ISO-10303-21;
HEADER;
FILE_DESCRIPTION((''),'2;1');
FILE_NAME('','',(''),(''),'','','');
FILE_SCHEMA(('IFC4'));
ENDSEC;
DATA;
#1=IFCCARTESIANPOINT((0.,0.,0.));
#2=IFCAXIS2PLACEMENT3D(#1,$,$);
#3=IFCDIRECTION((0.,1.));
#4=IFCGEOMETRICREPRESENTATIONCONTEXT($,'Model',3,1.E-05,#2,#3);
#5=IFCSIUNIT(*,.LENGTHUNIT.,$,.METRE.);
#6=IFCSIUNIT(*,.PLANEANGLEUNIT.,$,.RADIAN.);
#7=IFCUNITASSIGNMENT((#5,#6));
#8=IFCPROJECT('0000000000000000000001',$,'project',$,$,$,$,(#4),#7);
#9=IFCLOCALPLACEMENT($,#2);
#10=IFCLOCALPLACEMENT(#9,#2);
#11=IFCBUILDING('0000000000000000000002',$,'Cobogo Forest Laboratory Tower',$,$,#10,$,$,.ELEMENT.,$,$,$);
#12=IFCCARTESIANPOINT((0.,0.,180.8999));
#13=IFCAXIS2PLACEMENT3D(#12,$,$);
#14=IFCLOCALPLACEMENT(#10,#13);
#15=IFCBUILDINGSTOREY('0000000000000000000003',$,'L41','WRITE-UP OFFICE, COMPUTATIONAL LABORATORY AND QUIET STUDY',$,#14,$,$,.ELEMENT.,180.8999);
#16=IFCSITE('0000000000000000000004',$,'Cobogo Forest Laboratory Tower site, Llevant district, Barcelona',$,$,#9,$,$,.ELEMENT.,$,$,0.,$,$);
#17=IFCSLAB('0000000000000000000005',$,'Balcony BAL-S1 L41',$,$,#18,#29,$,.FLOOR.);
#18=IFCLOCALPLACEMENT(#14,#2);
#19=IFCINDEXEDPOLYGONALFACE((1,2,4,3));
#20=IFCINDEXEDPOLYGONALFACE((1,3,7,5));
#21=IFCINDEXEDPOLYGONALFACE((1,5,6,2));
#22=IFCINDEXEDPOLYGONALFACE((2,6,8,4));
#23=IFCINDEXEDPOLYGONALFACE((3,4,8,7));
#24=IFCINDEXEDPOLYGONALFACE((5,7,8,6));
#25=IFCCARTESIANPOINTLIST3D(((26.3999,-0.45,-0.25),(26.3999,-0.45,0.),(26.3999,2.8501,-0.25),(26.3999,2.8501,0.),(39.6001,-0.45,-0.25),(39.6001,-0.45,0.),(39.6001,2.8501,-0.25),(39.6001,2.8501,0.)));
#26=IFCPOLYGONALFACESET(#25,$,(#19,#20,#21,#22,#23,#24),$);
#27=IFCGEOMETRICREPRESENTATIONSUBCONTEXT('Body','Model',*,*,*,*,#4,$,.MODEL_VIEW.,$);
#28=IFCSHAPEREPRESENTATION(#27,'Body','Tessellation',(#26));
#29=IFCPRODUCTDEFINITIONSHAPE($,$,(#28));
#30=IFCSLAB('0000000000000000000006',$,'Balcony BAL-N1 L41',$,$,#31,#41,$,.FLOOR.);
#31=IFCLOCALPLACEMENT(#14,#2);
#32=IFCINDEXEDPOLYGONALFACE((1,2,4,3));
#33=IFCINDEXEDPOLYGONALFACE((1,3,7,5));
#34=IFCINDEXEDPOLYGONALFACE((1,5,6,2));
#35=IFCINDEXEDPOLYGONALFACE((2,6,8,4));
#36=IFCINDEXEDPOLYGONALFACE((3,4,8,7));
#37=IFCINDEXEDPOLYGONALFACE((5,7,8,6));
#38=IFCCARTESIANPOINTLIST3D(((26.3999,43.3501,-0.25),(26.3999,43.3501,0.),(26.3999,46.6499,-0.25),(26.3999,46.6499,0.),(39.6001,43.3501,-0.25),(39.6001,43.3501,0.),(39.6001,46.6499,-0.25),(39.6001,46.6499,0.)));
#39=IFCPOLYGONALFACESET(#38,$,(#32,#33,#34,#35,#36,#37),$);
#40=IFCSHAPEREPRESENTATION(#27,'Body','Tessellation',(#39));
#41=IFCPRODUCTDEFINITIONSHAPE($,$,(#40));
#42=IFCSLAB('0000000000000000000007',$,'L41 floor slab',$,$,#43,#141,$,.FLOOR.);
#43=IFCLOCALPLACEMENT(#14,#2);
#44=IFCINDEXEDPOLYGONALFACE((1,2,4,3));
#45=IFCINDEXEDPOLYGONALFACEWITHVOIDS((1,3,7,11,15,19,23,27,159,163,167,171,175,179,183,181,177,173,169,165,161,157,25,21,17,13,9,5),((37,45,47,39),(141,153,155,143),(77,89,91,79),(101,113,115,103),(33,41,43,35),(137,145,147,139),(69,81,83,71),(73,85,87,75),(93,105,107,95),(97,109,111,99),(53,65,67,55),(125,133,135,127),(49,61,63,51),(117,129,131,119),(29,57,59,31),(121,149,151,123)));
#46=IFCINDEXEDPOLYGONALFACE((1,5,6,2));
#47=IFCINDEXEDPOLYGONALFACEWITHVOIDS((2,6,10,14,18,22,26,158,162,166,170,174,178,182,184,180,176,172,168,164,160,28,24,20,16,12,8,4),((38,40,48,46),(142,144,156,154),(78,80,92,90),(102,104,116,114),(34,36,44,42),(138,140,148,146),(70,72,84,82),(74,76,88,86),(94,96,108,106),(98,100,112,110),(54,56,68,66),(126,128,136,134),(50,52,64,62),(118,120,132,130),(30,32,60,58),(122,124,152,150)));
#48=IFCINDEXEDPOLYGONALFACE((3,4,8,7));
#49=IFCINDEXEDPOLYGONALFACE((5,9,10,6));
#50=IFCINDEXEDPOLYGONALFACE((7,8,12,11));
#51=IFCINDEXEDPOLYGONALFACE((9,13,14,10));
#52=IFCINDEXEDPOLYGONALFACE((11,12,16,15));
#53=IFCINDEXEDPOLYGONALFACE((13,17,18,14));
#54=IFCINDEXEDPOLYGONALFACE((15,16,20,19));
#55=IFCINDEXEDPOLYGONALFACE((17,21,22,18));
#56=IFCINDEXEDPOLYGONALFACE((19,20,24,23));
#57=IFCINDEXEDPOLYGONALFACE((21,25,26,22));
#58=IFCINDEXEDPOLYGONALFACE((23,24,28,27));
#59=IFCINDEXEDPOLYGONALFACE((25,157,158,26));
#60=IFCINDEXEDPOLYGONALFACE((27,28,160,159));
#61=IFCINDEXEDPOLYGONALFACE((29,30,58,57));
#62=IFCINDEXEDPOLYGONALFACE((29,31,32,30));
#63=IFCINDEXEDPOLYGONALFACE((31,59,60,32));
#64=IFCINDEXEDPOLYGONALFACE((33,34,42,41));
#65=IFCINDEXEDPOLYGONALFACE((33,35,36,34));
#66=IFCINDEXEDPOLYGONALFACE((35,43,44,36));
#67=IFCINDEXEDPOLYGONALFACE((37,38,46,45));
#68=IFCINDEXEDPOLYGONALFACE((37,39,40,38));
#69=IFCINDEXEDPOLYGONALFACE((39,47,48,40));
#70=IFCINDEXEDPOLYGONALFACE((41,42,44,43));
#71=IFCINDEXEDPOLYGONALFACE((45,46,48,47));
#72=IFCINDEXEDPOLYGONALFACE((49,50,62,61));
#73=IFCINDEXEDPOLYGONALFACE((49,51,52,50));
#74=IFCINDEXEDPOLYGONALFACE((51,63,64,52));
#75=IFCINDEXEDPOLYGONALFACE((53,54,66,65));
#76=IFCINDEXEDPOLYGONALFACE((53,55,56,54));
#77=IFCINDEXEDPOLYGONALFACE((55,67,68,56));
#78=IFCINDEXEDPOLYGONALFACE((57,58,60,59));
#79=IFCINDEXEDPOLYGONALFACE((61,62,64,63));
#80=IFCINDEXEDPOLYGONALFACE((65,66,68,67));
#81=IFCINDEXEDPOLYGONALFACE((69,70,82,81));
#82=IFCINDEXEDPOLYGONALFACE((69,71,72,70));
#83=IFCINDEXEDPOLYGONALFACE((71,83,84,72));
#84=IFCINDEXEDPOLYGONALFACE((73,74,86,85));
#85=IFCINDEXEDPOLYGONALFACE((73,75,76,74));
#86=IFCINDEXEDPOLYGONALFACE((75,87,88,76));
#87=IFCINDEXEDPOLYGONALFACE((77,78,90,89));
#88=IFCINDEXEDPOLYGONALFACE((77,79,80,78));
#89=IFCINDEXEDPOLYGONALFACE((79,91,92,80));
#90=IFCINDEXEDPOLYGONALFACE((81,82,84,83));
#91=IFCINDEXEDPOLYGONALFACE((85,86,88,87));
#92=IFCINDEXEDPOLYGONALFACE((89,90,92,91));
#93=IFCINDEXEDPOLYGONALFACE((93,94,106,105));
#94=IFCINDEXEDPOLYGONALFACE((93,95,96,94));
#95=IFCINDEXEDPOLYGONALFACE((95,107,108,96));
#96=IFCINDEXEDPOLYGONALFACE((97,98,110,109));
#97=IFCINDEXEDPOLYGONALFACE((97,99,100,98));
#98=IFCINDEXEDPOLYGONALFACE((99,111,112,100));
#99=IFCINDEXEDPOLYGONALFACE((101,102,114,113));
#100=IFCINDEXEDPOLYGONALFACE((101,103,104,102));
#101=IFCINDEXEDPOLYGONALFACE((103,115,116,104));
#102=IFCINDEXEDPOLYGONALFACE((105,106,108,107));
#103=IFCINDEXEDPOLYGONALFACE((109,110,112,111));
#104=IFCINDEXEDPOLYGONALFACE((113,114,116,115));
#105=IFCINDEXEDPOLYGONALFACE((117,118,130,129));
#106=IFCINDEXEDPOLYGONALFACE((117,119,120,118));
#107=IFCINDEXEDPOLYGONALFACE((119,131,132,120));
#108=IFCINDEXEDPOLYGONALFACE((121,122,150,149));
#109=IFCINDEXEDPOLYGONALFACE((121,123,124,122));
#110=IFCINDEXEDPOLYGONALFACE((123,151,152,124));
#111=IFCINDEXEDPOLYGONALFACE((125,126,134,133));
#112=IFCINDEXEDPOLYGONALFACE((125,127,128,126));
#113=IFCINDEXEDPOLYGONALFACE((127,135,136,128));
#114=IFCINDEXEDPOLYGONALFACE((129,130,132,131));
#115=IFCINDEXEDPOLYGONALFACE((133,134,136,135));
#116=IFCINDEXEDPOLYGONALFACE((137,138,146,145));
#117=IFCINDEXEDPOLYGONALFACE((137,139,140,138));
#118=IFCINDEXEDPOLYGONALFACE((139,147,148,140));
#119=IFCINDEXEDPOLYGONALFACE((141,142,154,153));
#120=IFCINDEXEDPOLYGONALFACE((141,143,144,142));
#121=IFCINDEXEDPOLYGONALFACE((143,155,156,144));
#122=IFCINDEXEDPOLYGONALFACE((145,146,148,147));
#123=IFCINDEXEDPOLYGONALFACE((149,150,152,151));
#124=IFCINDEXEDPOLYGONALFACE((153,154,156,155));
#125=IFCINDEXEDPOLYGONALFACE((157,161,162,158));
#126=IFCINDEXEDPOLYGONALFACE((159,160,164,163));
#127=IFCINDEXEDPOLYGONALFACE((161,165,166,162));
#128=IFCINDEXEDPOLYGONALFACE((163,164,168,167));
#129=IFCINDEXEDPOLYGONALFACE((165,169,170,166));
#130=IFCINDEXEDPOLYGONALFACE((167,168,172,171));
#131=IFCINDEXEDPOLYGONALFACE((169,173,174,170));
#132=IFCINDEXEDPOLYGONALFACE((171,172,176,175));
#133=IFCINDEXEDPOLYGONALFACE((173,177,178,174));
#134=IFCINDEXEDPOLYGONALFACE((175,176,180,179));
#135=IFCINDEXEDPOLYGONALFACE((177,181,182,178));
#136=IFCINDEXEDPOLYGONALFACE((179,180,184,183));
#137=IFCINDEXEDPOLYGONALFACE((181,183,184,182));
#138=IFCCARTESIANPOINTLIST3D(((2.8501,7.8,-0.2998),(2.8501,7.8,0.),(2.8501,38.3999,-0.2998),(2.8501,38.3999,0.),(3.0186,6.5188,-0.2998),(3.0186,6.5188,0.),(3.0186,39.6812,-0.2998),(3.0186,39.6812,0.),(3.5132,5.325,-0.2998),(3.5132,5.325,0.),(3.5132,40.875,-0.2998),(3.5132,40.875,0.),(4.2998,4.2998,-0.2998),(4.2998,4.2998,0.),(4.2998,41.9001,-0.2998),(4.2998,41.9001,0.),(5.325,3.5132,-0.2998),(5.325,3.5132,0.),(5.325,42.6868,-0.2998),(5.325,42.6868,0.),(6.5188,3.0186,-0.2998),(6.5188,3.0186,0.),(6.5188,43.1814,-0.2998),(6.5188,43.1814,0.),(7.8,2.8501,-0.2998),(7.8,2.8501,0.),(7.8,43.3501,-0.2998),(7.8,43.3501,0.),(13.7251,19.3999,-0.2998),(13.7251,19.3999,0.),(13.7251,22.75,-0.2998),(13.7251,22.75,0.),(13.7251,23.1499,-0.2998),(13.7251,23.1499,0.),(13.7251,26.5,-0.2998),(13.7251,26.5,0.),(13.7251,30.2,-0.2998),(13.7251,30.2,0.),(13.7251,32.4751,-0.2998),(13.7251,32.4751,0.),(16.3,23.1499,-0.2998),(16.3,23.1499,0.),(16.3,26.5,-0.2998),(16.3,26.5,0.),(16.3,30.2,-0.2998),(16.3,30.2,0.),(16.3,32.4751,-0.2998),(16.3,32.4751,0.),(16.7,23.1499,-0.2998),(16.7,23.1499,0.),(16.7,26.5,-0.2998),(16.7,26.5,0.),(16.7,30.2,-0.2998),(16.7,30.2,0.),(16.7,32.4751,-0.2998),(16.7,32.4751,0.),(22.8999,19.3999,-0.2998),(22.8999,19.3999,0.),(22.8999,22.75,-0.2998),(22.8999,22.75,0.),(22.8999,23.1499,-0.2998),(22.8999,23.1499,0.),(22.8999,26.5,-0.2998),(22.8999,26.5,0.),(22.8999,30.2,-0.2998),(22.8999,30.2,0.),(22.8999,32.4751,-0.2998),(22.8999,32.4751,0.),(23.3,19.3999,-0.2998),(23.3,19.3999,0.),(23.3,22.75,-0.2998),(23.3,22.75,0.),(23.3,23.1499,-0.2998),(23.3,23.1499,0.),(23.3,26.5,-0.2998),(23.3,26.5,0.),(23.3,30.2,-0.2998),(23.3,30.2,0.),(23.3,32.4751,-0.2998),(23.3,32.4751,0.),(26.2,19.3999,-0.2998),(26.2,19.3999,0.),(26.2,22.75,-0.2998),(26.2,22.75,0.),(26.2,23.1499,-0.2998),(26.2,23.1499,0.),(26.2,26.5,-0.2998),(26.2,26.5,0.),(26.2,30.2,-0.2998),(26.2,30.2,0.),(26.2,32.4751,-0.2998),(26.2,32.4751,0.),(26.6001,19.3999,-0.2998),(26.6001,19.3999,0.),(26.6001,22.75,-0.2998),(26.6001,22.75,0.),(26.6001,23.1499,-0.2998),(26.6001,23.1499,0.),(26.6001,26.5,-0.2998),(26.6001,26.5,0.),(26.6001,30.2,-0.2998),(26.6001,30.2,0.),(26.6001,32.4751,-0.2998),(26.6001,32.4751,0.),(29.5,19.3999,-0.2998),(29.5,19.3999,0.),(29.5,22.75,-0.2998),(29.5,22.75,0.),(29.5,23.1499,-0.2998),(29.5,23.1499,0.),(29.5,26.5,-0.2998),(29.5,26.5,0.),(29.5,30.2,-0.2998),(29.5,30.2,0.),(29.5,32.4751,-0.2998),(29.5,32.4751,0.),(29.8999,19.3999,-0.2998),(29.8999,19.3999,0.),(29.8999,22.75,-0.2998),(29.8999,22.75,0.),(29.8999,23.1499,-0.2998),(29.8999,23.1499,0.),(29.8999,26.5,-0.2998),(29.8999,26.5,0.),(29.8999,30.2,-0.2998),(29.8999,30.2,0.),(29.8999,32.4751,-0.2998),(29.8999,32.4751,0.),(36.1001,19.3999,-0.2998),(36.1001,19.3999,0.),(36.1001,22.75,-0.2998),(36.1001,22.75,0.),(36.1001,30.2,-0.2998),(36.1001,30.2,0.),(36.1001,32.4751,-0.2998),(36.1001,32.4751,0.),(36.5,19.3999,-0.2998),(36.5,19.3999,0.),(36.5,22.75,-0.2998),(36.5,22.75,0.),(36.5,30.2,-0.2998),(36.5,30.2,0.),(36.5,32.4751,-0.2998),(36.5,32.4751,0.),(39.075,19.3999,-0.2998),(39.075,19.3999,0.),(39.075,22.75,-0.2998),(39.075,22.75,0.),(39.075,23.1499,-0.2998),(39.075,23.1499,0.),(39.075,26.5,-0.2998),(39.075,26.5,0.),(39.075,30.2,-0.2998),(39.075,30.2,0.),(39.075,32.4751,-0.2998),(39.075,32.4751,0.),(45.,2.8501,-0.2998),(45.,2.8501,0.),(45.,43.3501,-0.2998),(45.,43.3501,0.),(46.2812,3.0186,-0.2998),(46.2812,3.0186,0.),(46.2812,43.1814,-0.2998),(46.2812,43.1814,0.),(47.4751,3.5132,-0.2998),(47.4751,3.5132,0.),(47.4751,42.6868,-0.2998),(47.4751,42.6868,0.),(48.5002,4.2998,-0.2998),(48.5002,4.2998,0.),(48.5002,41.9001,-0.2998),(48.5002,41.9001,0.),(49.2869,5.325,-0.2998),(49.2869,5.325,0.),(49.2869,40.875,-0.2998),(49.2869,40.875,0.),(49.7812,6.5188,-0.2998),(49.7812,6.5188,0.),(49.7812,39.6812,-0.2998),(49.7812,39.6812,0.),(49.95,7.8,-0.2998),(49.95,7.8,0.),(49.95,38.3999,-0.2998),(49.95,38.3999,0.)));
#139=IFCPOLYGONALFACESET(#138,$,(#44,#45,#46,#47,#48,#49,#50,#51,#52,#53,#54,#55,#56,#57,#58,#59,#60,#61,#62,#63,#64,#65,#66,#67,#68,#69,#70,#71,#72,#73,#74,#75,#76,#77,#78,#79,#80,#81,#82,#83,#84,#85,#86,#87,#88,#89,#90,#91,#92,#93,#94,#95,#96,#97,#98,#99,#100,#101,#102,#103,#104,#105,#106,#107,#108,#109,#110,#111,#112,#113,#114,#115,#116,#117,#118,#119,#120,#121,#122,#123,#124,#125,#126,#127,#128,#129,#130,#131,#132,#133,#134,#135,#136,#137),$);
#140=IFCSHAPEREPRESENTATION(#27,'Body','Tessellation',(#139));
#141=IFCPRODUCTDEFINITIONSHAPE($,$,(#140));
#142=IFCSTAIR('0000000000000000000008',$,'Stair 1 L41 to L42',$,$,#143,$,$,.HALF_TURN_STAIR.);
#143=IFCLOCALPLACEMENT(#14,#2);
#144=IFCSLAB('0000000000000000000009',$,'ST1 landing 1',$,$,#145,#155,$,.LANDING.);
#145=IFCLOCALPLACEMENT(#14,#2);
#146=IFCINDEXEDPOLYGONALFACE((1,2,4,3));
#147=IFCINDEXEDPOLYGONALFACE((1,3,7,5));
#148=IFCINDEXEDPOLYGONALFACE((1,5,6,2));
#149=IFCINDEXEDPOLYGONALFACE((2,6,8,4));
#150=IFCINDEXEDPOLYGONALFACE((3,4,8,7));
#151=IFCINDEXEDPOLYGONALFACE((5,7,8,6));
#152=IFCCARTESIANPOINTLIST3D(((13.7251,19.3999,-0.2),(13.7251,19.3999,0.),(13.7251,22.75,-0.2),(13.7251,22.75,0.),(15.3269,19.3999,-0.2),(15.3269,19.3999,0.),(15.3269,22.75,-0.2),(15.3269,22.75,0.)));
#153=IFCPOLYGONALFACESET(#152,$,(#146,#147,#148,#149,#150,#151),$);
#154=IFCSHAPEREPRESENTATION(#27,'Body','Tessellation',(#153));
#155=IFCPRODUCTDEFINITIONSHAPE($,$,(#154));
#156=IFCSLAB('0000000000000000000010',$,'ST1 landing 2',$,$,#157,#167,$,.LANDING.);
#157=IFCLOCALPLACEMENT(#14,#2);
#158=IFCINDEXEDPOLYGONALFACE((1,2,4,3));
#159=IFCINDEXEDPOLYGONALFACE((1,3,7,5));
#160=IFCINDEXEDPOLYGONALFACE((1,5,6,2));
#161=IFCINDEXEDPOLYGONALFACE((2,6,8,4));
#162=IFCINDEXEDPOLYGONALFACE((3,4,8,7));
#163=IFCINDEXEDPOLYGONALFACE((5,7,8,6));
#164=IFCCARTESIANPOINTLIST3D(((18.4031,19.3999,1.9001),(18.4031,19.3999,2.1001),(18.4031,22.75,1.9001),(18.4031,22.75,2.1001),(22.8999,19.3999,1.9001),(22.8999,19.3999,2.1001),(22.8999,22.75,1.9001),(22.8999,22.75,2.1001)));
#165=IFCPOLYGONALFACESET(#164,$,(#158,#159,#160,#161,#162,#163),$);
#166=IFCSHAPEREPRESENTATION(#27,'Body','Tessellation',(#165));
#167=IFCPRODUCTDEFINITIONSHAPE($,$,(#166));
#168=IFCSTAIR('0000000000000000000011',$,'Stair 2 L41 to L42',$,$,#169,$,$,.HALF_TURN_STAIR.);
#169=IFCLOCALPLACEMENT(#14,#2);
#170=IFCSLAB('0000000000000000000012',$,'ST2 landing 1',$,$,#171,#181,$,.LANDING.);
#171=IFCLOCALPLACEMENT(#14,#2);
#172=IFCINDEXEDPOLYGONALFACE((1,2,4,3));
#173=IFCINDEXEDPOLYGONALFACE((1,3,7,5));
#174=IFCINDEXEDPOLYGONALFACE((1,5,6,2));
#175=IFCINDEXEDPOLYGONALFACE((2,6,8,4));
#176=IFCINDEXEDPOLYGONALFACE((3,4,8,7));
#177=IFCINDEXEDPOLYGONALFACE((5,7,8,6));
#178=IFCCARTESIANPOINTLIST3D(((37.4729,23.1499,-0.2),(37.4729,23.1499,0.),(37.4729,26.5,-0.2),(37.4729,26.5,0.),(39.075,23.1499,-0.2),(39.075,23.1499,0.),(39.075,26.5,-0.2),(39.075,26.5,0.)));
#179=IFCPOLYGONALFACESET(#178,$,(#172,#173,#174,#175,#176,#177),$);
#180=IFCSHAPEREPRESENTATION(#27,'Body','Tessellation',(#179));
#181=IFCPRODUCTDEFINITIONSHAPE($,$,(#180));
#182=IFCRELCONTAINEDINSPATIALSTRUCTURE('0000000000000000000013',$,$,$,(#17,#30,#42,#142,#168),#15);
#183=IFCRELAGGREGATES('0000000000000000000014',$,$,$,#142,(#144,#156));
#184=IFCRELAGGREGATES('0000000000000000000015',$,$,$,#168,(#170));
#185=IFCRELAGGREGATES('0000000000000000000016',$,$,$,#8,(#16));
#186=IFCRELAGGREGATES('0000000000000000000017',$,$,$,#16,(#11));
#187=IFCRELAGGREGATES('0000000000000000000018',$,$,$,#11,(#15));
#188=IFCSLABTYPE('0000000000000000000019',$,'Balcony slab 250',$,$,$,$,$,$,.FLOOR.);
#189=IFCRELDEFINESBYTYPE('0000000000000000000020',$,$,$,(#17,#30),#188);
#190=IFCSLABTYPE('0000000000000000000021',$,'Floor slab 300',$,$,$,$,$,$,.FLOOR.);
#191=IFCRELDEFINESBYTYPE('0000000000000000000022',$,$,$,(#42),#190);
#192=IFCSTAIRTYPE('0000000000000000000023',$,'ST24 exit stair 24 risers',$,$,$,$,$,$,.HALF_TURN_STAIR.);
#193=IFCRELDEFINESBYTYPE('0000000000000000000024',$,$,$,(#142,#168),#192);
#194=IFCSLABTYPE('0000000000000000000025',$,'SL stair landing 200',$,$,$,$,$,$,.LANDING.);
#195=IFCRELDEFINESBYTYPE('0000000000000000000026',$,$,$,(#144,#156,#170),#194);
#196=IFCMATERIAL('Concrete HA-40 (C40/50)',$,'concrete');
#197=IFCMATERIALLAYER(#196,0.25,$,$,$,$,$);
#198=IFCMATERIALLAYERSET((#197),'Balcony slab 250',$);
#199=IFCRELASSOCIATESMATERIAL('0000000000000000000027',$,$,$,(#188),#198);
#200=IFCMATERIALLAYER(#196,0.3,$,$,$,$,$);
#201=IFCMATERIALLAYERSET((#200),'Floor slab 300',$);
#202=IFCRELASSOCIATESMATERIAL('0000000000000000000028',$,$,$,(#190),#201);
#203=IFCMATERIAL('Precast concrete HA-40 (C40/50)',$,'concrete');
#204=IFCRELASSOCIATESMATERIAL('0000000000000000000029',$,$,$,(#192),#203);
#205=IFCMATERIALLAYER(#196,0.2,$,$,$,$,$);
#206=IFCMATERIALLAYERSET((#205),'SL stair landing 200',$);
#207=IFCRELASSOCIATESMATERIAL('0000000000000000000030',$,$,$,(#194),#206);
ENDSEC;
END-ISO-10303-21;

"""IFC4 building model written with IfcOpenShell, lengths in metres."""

from ifc_helpers import new_model, si_unit, direction, frame, origin, place, context, subcontext, project, spatial, polyline, outline, extrude, material, layer, layer_set, type_object, element, aggregate, save


model = new_model("IFC4")

# Units and contexts
model_context = context("Model", 3, precision=1e-05, world=origin(), true_north=direction((0.0, 1.0)))
body_context = subcontext(model_context, "Body", "Model", "MODEL_VIEW")
ifc_project = project(units=[si_unit("LENGTHUNIT", "METRE"), si_unit("PLANEANGLEUNIT", "RADIAN")], contexts=[model_context])

# Site, building, storey
site_placement = place(None, origin())
site = spatial("IfcSite", under=ifc_project, at=site_placement, Name="Cobogo Forest Laboratory Tower site, Llevant district, Barcelona", CompositionType="ELEMENT", RefElevation=0.0)
building_placement = place(site_placement, origin())
building = spatial("IfcBuilding", under=site, at=building_placement, Name="Cobogo Forest Laboratory Tower", CompositionType="ELEMENT")
storey_placement = place(building_placement, frame((0.0, 0.0, 180.8999)))
storey = spatial("IfcBuildingStorey", under=building, at=storey_placement, Name="L41", Description="WRITE-UP OFFICE, COMPUTATIONAL LABORATORY AND QUIET STUDY", CompositionType="ELEMENT", Elevation=180.8999)

# Slabs
ifc_material_1 = material(Name="Concrete HA-40 (C40/50)", Category="concrete")
ifc_layer_1 = layer(ifc_material_1, 0.25)
ifc_layer_set_1 = layer_set([ifc_layer_1], Name="Balcony slab 250")
slab_type_1 = type_object("IfcSlabType", Name="Balcony slab 250", PredefinedType="FLOOR", material=ifc_layer_set_1)
slab_1_placement = place(storey_placement, frame((0.0, 0.0, -0.25)))
element("IfcSlab", 1, at=slab_1_placement, inside=storey, type_object=slab_type_1, Name="Balcony BAL-S1 L41", PredefinedType="FLOOR", context=body_context, shape_type="SweptSolid", body=[
    extrude(outline(polyline([(26.3999, -0.45), (39.6001, -0.45), (39.6001, 2.8501), (26.3999, 2.8501), (26.3999, -0.45)])), origin(), (0.0, 0.0, 1.0), 0.25),
])
slab_2_placement = place(storey_placement, frame((0.0, 0.0, -0.25)))
element("IfcSlab", 2, at=slab_2_placement, inside=storey, type_object=slab_type_1, Name="Balcony BAL-N1 L41", PredefinedType="FLOOR", context=body_context, shape_type="SweptSolid", body=[
    extrude(outline(polyline([(26.3999, 43.3501), (39.6001, 43.3501), (39.6001, 46.6499), (26.3999, 46.6499), (26.3999, 43.3501)])), origin(), (0.0, 0.0, 1.0), 0.25),
])
ifc_layer_2 = layer(ifc_material_1, 0.3)
ifc_layer_set_2 = layer_set([ifc_layer_2], Name="Floor slab 300")
slab_type_2 = type_object("IfcSlabType", Name="Floor slab 300", PredefinedType="FLOOR", material=ifc_layer_set_2)
slab_3_placement = place(storey_placement, frame((0.0, 0.0, -0.2998)))
element("IfcSlab", 3, at=slab_3_placement, inside=storey, type_object=slab_type_2, Name="L41 floor slab", PredefinedType="FLOOR", context=body_context, shape_type="SweptSolid", body=[
    extrude(outline(polyline([(45.0, 2.8501), (46.2812, 3.0186), (47.4751, 3.5132), (48.5002, 4.2998), (49.2869, 5.325), (49.7812, 6.5188), (49.95, 7.8), (49.95, 38.3999), (49.7812, 39.6812), (49.2869, 40.875), (48.5002, 41.9001), (47.4751, 42.6868), (46.2812, 43.1814), (45.0, 43.3501), (7.8, 43.3501), (6.5188, 43.1814), (5.325, 42.6868), (4.2998, 41.9001), (3.5132, 40.875), (3.0186, 39.6812), (2.8501, 38.3999), (2.8501, 7.8), (3.0186, 6.5188), (3.5132, 5.325), (4.2998, 4.2998), (5.325, 3.5132), (6.5188, 3.0186), (7.8, 2.8501), (45.0, 2.8501)]), holes=[polyline([(22.8999, 19.3999), (13.7251, 19.3999), (13.7251, 22.75), (22.8999, 22.75), (22.8999, 19.3999)]), polyline([(26.2, 19.3999), (23.3, 19.3999), (23.3, 22.75), (26.2, 22.75), (26.2, 19.3999)]), polyline([(29.5, 19.3999), (26.6001, 19.3999), (26.6001, 22.75), (29.5, 22.75), (29.5, 19.3999)]), polyline([(36.1001, 22.75), (36.1001, 19.3999), (29.8999, 19.3999), (29.8999, 22.75), (36.1001, 22.75)]), polyline([(36.5, 19.3999), (36.5, 22.75), (39.075, 22.75), (39.075, 19.3999), (36.5, 19.3999)]), polyline([(16.3, 23.1499), (13.7251, 23.1499), (13.7251, 26.5), (16.3, 26.5), (16.3, 23.1499)]), polyline([(22.8999, 26.5), (22.8999, 23.1499), (16.7, 23.1499), (16.7, 26.5), (22.8999, 26.5)]), polyline([(26.2, 23.1499), (23.3, 23.1499), (23.3, 26.5), (26.2, 26.5), (26.2, 23.1499)]), polyline([(26.6001, 23.1499), (26.6001, 26.5), (29.5, 26.5), (29.5, 23.1499), (26.6001, 23.1499)]), polyline([(39.075, 23.1499), (29.8999, 23.1499), (29.8999, 26.5), (39.075, 26.5), (39.075, 23.1499)]), polyline([(16.3, 30.2), (13.7251, 30.2), (13.7251, 32.4751), (16.3, 32.4751), (16.3, 30.2)]), polyline([(22.8999, 32.4751), (22.8999, 30.2), (16.7, 30.2), (16.7, 32.4751), (22.8999, 32.4751)]), polyline([(23.3, 30.2), (23.3, 32.4751), (26.2, 32.4751), (26.2, 30.2), (23.3, 30.2)]), polyline([(29.5, 30.2), (26.6001, 30.2), (26.6001, 32.4751), (29.5, 32.4751), (29.5, 30.2)]), polyline([(36.1001, 32.4751), (36.1001, 30.2), (29.8999, 30.2), (29.8999, 32.4751), (36.1001, 32.4751)]), polyline([(36.5, 30.2), (36.5, 32.4751), (39.075, 32.4751), (39.075, 30.2), (36.5, 30.2)])]), origin(), (0.0, 0.0, 1.0), 0.2998),
])

# Stairs, slabs
ifc_material_2 = material(Name="Precast concrete HA-40 (C40/50)", Category="concrete")
stair_type = type_object("IfcStairType", Name="ST24 exit stair 24 risers", PredefinedType="HALF_TURN_STAIR", material=ifc_material_2)
stair_1_placement = place(storey_placement, origin())
stair_1 = element("IfcStair", 4, at=stair_1_placement, inside=storey, type_object=stair_type, Name="Stair 1 L41 to L42", PredefinedType="HALF_TURN_STAIR")
ifc_layer_3 = layer(ifc_material_1, 0.2)
ifc_layer_set_3 = layer_set([ifc_layer_3], Name="SL stair landing 200")
slab_type_3 = type_object("IfcSlabType", Name="SL stair landing 200", PredefinedType="LANDING", material=ifc_layer_set_3)
slab_4_placement = place(storey_placement, frame((0.0, 0.0, -0.2)))
slab_4 = element("IfcSlab", 5, at=slab_4_placement, type_object=slab_type_3, Name="ST1 landing 1", PredefinedType="LANDING", context=body_context, shape_type="SweptSolid", body=[
    extrude(outline(polyline([(13.7251, 19.3999), (15.3269, 19.3999), (15.3269, 22.75), (13.7251, 22.75), (13.7251, 19.3999)])), origin(), (0.0, 0.0, 1.0), 0.2),
])
slab_5_placement = place(storey_placement, frame((0.0, 0.0, 1.9001)))
slab_5 = element("IfcSlab", 6, at=slab_5_placement, type_object=slab_type_3, Name="ST1 landing 2", PredefinedType="LANDING", context=body_context, shape_type="SweptSolid", body=[
    extrude(outline(polyline([(18.4031, 19.3999), (22.8999, 19.3999), (22.8999, 22.75), (18.4031, 22.75), (18.4031, 19.3999)])), origin(), (0.0, 0.0, 1.0), 0.2),
])
aggregate(stair_1, [slab_4, slab_5])
stair_2_placement = place(storey_placement, origin())
stair_2 = element("IfcStair", 7, at=stair_2_placement, inside=storey, type_object=stair_type, Name="Stair 2 L41 to L42", PredefinedType="HALF_TURN_STAIR")
slab_6_placement = place(storey_placement, frame((0.0, 0.0, -0.2)))
slab_6 = element("IfcSlab", 8, at=slab_6_placement, type_object=slab_type_3, Name="ST2 landing 1", PredefinedType="LANDING", context=body_context, shape_type="SweptSolid", body=[
    extrude(outline(polyline([(37.4729, 23.1499), (39.075, 23.1499), (39.075, 26.5), (37.4729, 26.5), (37.4729, 23.1499)])), origin(), (0.0, 0.0, 1.0), 0.2),
])
aggregate(stair_2, [slab_6])

save(model, "model.ifc")
